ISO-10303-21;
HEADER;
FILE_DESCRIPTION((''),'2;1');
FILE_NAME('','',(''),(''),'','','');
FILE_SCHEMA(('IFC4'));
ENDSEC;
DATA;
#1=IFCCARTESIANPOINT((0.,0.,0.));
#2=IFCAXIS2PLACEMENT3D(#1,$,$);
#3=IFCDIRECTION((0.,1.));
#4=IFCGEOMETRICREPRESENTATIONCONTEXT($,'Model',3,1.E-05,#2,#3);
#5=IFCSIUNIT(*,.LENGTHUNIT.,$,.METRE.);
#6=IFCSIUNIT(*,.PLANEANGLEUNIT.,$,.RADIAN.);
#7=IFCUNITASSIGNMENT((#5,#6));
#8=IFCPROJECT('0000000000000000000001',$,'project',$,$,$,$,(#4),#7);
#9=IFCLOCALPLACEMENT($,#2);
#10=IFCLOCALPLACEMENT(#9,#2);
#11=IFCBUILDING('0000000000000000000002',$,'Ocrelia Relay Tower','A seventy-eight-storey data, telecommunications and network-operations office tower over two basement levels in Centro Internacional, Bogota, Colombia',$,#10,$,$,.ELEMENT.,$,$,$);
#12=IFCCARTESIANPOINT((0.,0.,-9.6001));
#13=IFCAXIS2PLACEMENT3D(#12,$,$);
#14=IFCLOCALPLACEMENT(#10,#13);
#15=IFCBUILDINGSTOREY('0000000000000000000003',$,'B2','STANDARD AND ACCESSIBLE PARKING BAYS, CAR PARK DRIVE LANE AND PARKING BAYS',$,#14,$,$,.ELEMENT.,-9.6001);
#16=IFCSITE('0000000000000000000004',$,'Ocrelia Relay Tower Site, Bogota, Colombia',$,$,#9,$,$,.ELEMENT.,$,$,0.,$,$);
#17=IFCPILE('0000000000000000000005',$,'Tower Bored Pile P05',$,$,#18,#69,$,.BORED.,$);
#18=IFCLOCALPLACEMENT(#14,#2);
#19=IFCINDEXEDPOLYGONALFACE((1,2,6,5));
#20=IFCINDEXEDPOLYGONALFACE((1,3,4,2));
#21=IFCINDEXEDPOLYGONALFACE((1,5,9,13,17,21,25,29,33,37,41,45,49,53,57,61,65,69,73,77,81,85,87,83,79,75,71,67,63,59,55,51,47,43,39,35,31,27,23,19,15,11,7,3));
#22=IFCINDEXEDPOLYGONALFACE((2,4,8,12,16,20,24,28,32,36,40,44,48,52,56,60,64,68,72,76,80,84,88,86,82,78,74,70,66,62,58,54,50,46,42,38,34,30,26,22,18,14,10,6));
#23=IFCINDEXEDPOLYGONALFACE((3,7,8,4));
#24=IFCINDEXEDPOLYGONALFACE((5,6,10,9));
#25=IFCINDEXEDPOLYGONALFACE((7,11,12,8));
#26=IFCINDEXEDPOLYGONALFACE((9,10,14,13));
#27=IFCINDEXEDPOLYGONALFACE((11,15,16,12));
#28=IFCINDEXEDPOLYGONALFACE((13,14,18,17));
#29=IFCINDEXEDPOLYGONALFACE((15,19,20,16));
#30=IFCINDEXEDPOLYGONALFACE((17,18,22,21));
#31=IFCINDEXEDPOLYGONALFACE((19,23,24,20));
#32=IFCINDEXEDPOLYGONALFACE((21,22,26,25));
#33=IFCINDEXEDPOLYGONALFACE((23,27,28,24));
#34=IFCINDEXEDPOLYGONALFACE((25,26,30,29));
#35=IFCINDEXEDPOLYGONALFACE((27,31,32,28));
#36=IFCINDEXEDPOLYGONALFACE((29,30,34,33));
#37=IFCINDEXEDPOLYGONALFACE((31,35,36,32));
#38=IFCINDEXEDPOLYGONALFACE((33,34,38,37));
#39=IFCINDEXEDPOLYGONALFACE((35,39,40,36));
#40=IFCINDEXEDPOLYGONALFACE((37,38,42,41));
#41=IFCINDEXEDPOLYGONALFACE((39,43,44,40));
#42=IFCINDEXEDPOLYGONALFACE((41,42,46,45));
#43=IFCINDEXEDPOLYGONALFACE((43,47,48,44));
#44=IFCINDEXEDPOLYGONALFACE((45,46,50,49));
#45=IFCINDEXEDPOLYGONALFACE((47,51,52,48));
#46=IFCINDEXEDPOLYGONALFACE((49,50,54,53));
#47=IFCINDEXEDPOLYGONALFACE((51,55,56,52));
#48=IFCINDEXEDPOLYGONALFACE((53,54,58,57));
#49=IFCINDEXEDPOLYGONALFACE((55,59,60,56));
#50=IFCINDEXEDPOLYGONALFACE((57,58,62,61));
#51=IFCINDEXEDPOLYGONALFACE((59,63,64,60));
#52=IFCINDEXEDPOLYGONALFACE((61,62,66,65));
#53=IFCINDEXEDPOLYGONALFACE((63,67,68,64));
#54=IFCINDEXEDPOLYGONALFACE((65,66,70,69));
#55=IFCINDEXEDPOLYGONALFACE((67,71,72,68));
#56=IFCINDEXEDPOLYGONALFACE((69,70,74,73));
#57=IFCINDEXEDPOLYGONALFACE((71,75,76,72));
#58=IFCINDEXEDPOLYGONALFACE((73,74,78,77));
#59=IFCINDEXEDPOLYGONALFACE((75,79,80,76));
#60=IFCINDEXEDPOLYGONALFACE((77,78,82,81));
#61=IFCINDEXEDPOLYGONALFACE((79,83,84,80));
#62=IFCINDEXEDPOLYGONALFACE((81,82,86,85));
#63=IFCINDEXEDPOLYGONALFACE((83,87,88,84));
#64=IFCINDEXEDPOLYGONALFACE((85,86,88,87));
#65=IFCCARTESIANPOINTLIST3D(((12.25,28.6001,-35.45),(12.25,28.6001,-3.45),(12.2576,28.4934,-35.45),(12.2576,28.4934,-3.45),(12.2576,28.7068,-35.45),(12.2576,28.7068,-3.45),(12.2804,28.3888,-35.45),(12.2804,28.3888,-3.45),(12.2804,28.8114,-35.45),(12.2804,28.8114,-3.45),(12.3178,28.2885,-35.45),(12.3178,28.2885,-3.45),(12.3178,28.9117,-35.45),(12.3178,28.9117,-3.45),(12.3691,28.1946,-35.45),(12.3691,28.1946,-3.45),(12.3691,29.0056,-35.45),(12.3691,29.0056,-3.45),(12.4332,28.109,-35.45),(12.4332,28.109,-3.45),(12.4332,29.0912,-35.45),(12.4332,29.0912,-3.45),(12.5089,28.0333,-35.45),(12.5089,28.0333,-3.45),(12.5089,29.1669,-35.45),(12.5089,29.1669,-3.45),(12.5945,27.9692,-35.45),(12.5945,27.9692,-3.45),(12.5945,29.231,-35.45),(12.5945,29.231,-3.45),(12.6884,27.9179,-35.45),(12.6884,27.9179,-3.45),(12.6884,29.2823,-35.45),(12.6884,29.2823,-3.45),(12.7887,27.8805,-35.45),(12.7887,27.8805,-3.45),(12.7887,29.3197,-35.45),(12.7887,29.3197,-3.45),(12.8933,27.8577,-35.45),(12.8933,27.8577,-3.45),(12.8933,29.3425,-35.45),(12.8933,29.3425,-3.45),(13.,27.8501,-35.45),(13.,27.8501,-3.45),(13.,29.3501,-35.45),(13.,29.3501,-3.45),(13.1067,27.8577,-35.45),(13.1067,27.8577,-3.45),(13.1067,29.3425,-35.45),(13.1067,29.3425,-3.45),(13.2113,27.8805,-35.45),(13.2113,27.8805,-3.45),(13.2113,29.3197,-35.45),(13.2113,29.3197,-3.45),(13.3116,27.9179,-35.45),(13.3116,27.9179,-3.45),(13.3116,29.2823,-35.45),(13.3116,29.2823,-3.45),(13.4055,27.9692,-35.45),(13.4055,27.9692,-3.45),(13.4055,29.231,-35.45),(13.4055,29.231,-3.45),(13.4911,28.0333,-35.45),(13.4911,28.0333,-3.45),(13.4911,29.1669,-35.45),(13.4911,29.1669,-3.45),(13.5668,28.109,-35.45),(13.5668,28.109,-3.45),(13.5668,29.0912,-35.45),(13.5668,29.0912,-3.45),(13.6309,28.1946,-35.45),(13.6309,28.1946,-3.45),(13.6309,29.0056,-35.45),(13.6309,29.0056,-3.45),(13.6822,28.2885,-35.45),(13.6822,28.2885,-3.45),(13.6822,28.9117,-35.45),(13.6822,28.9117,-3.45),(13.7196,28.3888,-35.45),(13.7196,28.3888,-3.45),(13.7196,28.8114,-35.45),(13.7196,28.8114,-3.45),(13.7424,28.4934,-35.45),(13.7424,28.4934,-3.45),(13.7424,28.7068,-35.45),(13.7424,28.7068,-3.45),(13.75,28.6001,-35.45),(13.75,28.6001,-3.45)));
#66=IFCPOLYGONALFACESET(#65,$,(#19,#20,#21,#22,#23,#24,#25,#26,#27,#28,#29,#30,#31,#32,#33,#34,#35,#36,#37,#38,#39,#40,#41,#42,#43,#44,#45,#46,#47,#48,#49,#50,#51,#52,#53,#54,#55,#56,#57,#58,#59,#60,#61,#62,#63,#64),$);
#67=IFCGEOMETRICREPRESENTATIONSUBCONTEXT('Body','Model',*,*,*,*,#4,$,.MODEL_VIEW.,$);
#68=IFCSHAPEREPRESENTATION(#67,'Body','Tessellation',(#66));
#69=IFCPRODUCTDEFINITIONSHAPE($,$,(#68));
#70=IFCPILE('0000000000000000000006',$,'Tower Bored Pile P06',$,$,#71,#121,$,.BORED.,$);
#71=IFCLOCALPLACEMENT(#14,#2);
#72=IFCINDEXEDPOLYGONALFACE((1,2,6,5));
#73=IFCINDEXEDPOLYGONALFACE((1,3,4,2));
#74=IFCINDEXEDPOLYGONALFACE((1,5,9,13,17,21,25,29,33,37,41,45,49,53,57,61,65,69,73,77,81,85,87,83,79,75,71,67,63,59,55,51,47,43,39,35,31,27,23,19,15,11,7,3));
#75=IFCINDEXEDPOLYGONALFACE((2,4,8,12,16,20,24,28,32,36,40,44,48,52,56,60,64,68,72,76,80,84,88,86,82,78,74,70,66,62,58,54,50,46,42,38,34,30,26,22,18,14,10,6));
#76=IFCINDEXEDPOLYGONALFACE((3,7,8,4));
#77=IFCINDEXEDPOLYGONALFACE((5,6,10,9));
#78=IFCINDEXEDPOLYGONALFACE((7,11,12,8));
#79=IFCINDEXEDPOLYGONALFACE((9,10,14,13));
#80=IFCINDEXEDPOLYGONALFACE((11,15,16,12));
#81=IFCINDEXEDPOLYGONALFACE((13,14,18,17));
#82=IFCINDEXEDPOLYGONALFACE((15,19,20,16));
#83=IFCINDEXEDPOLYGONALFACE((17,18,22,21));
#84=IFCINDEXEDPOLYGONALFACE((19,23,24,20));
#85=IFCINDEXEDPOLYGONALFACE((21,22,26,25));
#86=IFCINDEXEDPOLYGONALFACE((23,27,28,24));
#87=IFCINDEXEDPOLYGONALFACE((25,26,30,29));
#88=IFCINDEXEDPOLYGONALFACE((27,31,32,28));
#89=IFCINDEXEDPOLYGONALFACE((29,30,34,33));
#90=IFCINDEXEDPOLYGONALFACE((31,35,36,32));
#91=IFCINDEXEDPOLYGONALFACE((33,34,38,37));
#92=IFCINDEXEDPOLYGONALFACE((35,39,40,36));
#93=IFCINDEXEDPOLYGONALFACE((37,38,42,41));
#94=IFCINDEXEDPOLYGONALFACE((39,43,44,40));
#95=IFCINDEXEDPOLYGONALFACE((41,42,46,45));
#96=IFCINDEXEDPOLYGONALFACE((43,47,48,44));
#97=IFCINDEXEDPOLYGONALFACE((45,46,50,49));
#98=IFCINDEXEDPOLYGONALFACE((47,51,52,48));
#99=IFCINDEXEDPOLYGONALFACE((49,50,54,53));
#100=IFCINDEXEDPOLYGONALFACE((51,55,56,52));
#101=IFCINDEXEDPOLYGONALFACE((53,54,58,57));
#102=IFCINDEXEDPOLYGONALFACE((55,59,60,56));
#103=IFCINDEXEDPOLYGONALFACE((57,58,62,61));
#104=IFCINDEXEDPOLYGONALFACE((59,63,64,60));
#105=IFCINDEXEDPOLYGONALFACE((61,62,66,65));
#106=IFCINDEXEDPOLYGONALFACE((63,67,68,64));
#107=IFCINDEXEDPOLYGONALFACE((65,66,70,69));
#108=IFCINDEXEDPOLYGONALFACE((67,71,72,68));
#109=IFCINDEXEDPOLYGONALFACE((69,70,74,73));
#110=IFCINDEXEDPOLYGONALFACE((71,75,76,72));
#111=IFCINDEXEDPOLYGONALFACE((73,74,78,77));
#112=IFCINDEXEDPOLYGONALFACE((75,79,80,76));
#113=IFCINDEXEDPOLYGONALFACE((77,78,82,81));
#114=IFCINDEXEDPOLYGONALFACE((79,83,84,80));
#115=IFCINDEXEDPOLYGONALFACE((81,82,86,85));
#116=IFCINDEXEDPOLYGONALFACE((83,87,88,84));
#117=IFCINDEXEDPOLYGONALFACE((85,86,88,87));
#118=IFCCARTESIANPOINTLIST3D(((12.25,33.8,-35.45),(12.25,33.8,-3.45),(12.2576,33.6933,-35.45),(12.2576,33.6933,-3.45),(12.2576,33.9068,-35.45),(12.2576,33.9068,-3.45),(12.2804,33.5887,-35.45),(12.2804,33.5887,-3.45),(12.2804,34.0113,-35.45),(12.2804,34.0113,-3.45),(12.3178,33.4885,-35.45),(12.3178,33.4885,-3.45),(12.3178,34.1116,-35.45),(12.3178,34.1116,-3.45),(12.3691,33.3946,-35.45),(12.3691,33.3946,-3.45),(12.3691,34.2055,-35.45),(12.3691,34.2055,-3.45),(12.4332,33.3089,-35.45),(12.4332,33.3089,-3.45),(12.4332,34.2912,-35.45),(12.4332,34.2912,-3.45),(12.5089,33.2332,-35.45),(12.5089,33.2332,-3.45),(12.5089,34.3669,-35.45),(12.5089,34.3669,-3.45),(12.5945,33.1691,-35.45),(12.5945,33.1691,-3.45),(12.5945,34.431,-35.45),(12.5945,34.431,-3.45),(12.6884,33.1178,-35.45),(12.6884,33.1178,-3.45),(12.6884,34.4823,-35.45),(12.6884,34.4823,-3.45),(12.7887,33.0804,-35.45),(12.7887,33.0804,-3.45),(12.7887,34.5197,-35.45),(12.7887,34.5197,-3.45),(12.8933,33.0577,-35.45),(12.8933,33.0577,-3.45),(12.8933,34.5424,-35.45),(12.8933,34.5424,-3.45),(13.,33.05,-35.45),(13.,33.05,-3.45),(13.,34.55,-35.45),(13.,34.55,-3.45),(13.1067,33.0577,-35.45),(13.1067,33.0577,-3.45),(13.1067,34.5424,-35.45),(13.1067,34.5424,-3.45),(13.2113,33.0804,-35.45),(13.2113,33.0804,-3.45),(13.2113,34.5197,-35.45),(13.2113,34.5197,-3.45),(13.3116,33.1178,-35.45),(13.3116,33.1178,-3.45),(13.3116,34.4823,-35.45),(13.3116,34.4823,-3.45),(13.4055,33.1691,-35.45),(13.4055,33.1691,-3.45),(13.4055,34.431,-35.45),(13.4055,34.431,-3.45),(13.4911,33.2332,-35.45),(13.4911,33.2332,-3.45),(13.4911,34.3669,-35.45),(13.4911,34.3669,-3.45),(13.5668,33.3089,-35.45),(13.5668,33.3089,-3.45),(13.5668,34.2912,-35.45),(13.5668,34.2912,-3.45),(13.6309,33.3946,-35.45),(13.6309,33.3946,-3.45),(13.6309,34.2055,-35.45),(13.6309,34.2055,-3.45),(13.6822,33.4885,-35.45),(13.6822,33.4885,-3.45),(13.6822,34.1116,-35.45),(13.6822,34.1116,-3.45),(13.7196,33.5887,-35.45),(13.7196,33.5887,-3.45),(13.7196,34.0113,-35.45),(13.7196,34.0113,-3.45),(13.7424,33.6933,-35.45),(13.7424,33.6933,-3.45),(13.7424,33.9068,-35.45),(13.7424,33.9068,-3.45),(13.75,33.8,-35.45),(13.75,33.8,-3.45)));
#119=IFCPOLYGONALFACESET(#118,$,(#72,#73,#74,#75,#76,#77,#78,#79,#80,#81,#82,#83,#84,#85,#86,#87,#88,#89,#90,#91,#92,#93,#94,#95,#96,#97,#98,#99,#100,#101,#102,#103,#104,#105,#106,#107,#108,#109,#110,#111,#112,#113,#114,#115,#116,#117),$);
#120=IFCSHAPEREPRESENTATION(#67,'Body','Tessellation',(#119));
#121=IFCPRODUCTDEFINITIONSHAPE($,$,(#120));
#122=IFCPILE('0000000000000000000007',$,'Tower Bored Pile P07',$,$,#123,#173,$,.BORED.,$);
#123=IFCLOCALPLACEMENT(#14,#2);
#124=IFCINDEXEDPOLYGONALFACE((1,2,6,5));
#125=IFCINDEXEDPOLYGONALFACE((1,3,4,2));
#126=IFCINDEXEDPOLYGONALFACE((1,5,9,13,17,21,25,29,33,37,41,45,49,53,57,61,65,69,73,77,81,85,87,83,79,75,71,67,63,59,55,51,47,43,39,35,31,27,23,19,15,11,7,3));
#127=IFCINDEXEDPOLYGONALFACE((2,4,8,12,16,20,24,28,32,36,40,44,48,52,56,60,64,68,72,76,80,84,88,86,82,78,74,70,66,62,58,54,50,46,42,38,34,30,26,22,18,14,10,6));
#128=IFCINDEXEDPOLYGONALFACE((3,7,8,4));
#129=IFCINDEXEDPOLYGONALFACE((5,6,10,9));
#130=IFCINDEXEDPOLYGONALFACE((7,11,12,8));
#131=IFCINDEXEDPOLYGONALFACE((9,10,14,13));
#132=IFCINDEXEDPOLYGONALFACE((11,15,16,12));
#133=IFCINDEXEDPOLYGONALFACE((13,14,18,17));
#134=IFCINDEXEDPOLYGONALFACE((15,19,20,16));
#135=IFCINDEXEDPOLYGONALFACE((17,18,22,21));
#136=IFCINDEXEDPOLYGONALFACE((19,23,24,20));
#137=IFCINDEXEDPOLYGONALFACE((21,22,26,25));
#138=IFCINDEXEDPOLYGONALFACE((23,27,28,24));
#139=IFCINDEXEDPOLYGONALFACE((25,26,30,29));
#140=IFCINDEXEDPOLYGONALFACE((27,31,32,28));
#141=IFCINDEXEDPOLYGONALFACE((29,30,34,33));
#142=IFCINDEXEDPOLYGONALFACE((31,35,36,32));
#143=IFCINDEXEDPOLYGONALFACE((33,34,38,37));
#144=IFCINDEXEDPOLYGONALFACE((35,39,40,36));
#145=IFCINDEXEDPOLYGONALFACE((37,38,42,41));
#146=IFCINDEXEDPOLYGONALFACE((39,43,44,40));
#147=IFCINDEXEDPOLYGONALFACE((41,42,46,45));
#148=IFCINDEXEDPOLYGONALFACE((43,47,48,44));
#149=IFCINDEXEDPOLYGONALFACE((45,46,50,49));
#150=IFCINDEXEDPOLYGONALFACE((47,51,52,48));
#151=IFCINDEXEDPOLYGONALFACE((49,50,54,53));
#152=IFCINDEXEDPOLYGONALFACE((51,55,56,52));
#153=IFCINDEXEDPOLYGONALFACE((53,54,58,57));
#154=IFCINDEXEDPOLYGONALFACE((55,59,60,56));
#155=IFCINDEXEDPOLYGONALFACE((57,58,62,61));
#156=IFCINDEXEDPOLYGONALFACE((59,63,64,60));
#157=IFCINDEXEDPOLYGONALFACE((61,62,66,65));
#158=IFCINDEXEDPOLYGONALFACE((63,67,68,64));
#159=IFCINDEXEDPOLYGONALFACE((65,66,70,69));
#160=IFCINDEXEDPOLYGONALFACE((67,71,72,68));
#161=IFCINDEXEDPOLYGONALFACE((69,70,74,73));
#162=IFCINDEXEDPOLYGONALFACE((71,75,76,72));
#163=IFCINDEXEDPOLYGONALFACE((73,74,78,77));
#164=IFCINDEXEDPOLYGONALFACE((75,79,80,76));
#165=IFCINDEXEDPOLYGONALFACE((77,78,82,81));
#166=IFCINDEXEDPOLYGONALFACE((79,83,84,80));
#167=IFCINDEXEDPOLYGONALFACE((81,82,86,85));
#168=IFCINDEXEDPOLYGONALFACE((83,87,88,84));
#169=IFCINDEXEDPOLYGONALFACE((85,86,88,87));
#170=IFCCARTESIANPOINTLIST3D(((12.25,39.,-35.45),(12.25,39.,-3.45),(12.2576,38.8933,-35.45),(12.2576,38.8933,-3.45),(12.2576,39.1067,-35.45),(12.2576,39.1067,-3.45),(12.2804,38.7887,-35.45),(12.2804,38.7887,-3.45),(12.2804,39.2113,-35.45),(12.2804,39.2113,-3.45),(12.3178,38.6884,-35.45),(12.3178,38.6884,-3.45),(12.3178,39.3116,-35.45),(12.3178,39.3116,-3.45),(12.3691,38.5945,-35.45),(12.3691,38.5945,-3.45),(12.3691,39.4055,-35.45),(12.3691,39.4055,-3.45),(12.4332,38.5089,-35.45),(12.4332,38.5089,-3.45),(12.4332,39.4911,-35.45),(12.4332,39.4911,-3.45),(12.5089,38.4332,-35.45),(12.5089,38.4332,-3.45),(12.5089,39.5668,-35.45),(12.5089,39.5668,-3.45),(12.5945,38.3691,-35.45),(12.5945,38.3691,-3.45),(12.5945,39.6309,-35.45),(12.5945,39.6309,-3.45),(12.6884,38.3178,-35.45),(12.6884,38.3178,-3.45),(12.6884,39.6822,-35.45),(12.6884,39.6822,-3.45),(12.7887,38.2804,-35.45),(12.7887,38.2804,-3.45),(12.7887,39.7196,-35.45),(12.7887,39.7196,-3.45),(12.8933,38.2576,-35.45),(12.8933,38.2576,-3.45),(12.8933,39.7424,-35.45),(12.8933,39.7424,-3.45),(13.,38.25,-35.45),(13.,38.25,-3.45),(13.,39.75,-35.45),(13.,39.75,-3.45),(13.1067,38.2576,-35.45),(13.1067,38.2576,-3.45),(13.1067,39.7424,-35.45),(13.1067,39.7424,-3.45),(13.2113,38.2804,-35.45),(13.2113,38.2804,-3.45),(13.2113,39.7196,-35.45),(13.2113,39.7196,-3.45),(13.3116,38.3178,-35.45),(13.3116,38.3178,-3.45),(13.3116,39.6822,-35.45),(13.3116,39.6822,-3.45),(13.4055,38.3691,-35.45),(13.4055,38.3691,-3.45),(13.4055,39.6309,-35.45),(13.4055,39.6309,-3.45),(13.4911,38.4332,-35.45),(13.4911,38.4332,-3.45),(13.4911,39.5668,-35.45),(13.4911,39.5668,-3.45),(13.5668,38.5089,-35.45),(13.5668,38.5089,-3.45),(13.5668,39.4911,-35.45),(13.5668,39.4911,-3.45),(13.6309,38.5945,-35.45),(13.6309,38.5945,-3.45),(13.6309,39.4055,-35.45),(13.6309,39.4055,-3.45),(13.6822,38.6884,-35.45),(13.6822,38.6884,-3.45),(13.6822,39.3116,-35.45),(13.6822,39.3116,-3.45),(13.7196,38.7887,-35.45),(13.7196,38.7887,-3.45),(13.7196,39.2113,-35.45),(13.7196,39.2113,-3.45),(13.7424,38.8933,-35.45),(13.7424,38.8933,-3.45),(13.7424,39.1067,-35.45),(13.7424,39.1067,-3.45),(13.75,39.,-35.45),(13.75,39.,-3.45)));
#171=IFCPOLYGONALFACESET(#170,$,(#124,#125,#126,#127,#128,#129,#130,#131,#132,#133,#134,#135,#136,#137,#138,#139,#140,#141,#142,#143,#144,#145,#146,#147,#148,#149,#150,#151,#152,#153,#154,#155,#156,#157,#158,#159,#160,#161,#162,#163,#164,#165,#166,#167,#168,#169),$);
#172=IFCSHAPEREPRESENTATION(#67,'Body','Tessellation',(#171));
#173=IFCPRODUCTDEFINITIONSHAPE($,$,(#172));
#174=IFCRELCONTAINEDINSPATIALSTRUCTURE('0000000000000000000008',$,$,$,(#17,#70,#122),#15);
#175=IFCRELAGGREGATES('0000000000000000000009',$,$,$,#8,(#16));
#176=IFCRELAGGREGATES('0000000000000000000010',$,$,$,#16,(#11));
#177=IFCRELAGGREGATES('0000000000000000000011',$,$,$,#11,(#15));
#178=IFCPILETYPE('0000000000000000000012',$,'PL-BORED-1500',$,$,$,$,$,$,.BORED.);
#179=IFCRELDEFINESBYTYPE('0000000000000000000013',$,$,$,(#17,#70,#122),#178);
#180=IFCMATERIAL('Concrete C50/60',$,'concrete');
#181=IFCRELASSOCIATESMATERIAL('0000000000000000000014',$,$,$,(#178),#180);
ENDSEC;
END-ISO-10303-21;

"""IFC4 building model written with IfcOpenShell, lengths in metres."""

from ifc_helpers import new_model, si_unit, direction, frame, origin, origin_2d, place, context, subcontext, project, spatial, circle, extrude, material, material_profile, profile_set, type_object, element, save


model = new_model("IFC4")

# Units and contexts
model_context = context("Model", 3, precision=1e-05, world=origin(), true_north=direction((0.0, 1.0)))
body_context = subcontext(model_context, "Body", "Model", "MODEL_VIEW")
ifc_project = project(units=[si_unit("LENGTHUNIT", "METRE"), si_unit("PLANEANGLEUNIT", "RADIAN")], contexts=[model_context])

# Site, building, storey
site_placement = place(None, origin())
site = spatial("IfcSite", under=ifc_project, at=site_placement, Name="Ocrelia Relay Tower Site, Bogota, Colombia", CompositionType="ELEMENT", RefElevation=0.0)
building_placement = place(site_placement, origin())
building = spatial("IfcBuilding", under=site, at=building_placement, Name="Ocrelia Relay Tower", Description="A seventy-eight-storey data, telecommunications and network-operations office tower over two basement levels in Centro Internacional, Bogota, Colombia", CompositionType="ELEMENT")
storey_placement = place(building_placement, frame((0.0, 0.0, -9.6001)))
storey = spatial("IfcBuildingStorey", under=building, at=storey_placement, Name="B2", Description="STANDARD AND ACCESSIBLE PARKING BAYS, CAR PARK DRIVE LANE AND PARKING BAYS", CompositionType="ELEMENT", Elevation=-9.6001)

# Piles
ifc_material_1 = material(Name="Concrete C50/60", Category="concrete")
ifc_material_profile_1 = material_profile(ifc_material_1, circle(Radius=0.75, at=origin_2d()), Name="PILE-1500")
ifc_profile_set_1 = profile_set([ifc_material_profile_1], Name="Concrete C50/60")
pile_type_1 = type_object("IfcPileType", Name="PL-BORED-1500", PredefinedType="BORED", material=ifc_profile_set_1)
for number, where, z_axis, x_axis, name in (
    (1, (13.0, 28.6001, -3.45), (0.0, 0.0, -1.0), (1.0, 0.0, 0.0), "Tower Bored Pile P05"),
    (2, (13.0, 33.8, -3.45), (0.0, 0.0, -1.0), (1.0, 0.0, 0.0), "Tower Bored Pile P06"),
    (3, (13.0, 39.0, -3.45), (0.0, 0.0, -1.0), (1.0, 0.0, 0.0), "Tower Bored Pile P07"),
):
    element("IfcPile", number, at=place(storey_placement, frame(where, z_axis=z_axis, x_axis=x_axis)), inside=storey, type_object=pile_type_1, Name=name, PredefinedType="BORED", context=body_context, shape_type="SweptSolid", body=[
        extrude(circle(Radius=0.75, at=origin_2d()), origin(), (0.0, 0.0, 1.0), 32.0),
    ])

save(model, "model.ifc")
